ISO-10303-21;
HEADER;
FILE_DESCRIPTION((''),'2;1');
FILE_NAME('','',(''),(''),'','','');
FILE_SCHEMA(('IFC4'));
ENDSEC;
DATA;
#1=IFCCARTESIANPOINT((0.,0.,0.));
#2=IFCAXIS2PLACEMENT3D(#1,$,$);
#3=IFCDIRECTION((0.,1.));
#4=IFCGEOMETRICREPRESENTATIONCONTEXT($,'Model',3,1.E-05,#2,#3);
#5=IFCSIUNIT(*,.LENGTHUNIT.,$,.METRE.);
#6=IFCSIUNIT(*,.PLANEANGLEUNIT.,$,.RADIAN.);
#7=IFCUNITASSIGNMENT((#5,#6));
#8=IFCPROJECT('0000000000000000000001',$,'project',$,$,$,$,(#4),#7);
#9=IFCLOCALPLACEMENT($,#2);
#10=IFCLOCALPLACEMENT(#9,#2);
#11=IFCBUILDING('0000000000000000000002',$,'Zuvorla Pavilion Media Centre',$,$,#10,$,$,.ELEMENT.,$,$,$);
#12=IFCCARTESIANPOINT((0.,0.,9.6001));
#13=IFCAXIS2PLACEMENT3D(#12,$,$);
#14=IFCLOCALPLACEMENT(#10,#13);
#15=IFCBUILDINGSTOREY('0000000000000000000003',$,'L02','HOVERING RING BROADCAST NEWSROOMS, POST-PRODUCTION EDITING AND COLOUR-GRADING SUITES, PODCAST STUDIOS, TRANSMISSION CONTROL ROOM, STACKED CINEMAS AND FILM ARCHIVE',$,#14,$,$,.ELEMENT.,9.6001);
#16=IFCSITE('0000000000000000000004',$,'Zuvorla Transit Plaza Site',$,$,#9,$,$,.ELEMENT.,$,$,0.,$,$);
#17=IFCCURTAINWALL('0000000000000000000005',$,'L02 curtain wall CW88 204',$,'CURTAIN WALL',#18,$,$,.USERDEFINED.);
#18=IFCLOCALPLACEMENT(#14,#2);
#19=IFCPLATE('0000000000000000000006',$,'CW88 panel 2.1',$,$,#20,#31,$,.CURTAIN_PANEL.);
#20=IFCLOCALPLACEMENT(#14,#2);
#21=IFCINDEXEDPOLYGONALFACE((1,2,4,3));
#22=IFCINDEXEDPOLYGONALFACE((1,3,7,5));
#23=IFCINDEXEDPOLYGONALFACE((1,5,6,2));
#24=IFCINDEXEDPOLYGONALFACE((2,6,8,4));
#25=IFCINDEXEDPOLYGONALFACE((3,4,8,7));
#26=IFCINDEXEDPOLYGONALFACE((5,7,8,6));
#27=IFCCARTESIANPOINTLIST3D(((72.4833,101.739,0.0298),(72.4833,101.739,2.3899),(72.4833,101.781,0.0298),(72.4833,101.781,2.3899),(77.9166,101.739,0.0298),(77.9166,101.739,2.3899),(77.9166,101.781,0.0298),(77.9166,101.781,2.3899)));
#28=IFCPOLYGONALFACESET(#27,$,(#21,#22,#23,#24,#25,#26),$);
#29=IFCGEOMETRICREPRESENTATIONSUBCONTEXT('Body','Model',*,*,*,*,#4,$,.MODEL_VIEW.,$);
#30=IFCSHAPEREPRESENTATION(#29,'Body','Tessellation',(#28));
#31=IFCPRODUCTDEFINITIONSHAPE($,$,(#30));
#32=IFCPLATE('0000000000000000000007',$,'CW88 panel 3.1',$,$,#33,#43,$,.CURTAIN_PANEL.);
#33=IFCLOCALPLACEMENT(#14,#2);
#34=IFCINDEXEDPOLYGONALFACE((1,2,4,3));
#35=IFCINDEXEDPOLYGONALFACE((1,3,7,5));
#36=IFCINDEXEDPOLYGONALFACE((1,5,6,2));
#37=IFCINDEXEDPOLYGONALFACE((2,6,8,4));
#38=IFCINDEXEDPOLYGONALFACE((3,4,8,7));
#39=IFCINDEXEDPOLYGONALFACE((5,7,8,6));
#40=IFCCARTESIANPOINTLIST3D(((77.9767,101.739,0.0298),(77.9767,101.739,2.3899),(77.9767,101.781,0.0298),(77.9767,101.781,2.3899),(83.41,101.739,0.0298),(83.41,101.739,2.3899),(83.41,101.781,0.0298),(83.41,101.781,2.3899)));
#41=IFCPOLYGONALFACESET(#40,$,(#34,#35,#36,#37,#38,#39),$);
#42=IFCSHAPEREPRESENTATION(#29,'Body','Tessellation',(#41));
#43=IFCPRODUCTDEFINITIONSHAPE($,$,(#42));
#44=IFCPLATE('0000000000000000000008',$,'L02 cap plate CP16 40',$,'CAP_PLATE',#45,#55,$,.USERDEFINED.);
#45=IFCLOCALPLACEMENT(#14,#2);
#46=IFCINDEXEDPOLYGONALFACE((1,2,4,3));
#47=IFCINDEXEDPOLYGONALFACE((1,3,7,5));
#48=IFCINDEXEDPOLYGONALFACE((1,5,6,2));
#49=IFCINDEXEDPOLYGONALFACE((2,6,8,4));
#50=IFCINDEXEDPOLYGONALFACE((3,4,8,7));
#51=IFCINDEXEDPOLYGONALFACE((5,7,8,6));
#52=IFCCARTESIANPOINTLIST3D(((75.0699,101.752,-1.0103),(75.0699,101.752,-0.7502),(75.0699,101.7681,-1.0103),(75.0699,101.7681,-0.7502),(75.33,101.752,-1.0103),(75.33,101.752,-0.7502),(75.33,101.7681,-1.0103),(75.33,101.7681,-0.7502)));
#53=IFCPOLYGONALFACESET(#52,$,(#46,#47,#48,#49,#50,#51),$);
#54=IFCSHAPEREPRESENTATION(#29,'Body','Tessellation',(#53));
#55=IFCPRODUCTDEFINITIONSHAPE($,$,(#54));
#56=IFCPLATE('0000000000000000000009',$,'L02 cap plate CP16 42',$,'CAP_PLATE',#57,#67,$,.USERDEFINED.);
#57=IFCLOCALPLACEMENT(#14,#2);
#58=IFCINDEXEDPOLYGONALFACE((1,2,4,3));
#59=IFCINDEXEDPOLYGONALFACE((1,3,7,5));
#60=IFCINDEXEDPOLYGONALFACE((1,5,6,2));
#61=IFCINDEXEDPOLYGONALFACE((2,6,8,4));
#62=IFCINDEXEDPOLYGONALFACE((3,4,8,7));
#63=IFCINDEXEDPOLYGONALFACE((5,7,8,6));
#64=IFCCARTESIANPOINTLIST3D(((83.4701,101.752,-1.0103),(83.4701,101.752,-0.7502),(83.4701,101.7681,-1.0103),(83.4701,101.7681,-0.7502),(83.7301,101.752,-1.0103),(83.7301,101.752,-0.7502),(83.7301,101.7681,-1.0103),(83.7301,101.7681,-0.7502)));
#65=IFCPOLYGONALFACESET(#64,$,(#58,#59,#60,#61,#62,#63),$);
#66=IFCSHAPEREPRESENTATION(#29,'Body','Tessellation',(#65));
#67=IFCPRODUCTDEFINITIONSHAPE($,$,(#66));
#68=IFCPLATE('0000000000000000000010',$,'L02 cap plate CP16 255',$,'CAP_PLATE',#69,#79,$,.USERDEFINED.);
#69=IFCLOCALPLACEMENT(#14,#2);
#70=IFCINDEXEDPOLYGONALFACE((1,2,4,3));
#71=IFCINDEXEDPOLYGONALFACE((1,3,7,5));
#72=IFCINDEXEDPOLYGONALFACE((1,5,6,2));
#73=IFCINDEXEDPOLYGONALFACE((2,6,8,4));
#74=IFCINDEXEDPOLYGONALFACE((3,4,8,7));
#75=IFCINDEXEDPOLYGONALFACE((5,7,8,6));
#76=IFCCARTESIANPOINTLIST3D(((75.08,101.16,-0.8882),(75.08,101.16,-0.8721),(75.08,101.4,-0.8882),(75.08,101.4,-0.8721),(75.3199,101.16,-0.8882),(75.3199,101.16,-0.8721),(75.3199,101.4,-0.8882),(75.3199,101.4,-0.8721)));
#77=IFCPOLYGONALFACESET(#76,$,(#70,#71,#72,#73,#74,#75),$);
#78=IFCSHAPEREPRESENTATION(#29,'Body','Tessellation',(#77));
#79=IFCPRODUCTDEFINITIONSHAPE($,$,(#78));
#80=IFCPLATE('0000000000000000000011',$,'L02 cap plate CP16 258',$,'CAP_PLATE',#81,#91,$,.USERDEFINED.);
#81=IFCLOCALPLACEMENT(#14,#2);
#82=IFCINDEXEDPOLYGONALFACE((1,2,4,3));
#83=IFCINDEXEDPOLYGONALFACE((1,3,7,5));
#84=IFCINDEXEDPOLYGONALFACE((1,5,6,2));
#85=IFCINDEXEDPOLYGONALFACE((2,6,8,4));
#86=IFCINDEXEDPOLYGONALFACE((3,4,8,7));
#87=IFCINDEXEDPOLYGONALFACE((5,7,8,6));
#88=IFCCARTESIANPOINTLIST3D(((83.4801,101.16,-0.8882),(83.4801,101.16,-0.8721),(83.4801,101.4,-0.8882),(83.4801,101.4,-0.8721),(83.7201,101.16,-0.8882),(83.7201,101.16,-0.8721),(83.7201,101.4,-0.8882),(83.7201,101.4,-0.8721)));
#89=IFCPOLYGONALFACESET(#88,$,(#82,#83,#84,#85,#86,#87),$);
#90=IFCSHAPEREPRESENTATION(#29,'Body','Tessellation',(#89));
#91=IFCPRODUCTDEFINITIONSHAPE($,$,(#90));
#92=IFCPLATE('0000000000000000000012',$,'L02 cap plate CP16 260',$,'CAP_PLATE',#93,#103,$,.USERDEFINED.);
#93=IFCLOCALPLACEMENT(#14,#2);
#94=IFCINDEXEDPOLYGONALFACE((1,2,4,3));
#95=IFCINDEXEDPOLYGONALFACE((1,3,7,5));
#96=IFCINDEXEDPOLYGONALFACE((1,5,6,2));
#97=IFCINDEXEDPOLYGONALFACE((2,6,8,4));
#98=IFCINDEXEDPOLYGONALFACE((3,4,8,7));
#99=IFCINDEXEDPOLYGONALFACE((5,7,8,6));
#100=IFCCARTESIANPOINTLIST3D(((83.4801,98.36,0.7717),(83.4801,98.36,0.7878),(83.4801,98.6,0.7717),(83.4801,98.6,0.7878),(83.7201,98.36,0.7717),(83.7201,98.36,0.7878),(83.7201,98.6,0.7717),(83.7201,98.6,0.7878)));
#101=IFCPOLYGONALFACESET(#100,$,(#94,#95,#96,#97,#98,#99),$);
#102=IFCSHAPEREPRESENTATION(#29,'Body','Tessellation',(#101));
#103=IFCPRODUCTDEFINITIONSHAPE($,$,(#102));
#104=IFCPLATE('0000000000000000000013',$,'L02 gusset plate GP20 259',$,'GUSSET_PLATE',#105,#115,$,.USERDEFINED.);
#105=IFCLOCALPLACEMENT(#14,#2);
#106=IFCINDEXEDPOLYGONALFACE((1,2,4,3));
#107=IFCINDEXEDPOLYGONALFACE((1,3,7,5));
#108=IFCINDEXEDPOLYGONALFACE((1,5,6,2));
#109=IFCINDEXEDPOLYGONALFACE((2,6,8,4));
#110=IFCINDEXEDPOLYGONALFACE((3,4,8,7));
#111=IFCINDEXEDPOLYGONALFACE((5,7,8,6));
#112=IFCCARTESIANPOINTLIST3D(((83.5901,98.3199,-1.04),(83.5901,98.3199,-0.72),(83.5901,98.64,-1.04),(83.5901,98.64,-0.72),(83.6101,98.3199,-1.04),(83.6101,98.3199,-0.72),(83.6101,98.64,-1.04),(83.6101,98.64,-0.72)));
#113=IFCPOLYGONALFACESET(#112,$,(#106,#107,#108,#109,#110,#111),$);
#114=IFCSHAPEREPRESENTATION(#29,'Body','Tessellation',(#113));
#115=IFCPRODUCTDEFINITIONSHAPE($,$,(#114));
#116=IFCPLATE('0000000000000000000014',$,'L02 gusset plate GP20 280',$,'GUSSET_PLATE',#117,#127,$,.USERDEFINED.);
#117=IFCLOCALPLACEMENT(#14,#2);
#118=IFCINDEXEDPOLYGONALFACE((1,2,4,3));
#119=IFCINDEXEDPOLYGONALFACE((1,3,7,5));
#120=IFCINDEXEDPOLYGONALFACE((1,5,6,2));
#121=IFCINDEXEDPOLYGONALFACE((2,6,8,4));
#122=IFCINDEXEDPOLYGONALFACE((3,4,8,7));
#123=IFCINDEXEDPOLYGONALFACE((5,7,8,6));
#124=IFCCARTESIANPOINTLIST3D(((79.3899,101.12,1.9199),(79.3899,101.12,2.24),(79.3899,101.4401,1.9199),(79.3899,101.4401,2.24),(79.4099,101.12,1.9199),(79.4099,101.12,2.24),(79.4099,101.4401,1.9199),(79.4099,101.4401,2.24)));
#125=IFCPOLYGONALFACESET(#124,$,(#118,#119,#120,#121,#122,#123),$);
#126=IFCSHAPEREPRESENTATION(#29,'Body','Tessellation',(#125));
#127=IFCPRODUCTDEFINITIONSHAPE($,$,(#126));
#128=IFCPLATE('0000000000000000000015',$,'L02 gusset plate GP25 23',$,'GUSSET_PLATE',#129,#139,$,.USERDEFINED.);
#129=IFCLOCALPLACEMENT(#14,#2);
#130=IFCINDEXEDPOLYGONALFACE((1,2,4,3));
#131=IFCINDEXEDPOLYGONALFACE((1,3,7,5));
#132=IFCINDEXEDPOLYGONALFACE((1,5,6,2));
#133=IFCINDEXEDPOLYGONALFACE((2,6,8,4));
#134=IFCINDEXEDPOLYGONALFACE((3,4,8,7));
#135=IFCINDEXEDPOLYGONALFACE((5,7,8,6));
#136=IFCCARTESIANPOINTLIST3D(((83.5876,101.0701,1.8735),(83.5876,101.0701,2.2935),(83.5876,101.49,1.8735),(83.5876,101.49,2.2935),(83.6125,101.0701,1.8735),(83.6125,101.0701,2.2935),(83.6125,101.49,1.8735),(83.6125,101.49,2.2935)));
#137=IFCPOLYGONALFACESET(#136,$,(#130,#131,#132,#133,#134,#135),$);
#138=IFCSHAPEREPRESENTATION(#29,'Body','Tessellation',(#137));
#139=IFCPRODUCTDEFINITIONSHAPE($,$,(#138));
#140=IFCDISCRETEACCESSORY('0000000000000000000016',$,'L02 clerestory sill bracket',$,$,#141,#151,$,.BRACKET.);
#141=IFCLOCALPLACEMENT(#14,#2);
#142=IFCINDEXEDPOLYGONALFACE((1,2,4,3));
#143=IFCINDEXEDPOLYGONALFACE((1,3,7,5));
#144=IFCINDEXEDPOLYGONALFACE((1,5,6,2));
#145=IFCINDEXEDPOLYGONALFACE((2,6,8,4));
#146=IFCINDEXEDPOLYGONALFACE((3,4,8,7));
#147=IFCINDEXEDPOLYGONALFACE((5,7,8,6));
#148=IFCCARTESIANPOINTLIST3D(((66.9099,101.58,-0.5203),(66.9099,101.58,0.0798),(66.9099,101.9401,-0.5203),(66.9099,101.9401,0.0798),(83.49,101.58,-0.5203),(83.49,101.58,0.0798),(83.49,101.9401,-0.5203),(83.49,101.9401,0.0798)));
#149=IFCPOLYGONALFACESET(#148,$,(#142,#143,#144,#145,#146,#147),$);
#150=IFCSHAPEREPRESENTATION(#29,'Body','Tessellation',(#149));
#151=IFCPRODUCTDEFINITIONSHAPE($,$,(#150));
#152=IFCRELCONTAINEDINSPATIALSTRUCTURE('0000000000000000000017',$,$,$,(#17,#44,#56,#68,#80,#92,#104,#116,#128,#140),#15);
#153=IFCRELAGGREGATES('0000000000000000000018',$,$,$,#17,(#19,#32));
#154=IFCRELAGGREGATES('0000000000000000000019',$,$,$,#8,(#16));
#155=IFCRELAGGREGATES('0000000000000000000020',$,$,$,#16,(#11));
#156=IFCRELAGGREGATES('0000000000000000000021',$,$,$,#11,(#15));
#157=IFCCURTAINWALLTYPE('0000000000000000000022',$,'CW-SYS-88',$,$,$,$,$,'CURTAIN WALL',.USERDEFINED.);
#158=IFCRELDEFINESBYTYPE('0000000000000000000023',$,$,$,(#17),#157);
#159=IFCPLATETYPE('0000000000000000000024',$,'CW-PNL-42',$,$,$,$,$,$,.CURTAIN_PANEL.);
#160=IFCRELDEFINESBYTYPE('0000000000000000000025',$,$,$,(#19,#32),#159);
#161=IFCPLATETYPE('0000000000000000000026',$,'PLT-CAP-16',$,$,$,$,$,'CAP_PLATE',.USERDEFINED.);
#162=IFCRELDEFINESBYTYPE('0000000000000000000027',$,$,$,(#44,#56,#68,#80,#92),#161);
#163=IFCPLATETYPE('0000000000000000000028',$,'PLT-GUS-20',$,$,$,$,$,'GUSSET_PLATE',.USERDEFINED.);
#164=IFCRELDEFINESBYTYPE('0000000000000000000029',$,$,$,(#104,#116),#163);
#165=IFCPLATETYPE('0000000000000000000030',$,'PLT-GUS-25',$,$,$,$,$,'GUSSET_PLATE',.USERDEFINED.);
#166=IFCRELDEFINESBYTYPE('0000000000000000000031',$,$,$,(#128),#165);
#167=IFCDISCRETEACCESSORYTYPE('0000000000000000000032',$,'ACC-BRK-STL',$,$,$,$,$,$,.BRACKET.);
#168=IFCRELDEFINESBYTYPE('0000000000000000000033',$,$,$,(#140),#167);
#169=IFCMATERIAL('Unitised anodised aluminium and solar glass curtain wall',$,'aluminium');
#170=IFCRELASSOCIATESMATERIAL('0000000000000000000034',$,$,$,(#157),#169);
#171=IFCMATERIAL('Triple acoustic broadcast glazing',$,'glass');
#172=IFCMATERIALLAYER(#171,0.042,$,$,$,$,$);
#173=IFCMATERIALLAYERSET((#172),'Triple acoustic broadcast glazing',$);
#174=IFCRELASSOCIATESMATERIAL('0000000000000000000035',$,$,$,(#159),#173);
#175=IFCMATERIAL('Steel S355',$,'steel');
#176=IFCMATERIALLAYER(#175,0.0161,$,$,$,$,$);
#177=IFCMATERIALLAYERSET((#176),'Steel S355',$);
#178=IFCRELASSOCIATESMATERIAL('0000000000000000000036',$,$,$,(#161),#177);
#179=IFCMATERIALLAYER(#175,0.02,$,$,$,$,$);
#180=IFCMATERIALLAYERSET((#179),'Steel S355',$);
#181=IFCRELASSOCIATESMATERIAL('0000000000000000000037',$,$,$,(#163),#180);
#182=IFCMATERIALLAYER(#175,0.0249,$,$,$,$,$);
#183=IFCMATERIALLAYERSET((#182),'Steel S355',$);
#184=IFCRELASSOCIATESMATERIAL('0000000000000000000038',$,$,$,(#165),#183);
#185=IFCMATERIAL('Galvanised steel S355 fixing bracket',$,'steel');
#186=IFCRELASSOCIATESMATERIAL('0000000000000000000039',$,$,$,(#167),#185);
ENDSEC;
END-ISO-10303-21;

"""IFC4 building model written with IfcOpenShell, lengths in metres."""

from ifc_helpers import new_model, si_unit, direction, frame, origin, origin_2d, place, context, subcontext, project, spatial, rectangle, extrude, material, layer, layer_set, type_object, element, aggregate, save


model = new_model("IFC4")

# Units and contexts
model_context = context("Model", 3, precision=1e-05, world=origin(), true_north=direction((0.0, 1.0)))
body_context = subcontext(model_context, "Body", "Model", "MODEL_VIEW")
ifc_project = project(units=[si_unit("LENGTHUNIT", "METRE"), si_unit("PLANEANGLEUNIT", "RADIAN")], contexts=[model_context])

# Site, building, storey
site_placement = place(None, origin())
site = spatial("IfcSite", under=ifc_project, at=site_placement, Name="Zuvorla Transit Plaza Site", CompositionType="ELEMENT", RefElevation=0.0)
building_placement = place(site_placement, origin())
building = spatial("IfcBuilding", under=site, at=building_placement, Name="Zuvorla Pavilion Media Centre", CompositionType="ELEMENT")
storey_placement = place(building_placement, frame((0.0, 0.0, 9.6001)))
storey = spatial("IfcBuildingStorey", under=building, at=storey_placement, Name="L02", Description="HOVERING RING BROADCAST NEWSROOMS, POST-PRODUCTION EDITING AND COLOUR-GRADING SUITES, PODCAST STUDIOS, TRANSMISSION CONTROL ROOM, STACKED CINEMAS AND FILM ARCHIVE", CompositionType="ELEMENT", Elevation=9.6001)

# Shared definitions
ifc_material_1 = material(Name="Steel S355", Category="steel")

# Curtain wall
ifc_material_2 = material(Name="Unitised anodised aluminium and solar glass curtain wall", Category="aluminium")
curtain_wall_type = type_object("IfcCurtainWallType", Name="CW-SYS-88", ElementType="CURTAIN WALL", PredefinedType="USERDEFINED", material=ifc_material_2)
curtain_wall_placement = place(storey_placement, origin())
curtain_wall = element("IfcCurtainWall", 1, at=curtain_wall_placement, inside=storey, type_object=curtain_wall_type, Name="L02 curtain wall CW88 204", ObjectType="CURTAIN WALL", PredefinedType="USERDEFINED")

# Plates
ifc_material_3 = material(Name="Triple acoustic broadcast glazing", Category="glass")
ifc_layer_1 = layer(ifc_material_3, 0.042)
ifc_layer_set_1 = layer_set([ifc_layer_1], Name="Triple acoustic broadcast glazing")
plate_type_1 = type_object("IfcPlateType", Name="CW-PNL-42", PredefinedType="CURTAIN_PANEL", material=ifc_layer_set_1)
plate_1_placement = place(storey_placement, frame((75.2, 101.76, 0.0298), z_axis=(0.0, 0.0, 1.0), x_axis=(1.0, 0.0, 0.0)))
plate_1 = element("IfcPlate", 2, at=plate_1_placement, type_object=plate_type_1, Name="CW88 panel 2.1", PredefinedType="CURTAIN_PANEL", context=body_context, shape_type="SweptSolid", body=[
    extrude(rectangle(XDim=5.4333, YDim=0.042, at=origin_2d()), origin(), (0.0, 0.0, 1.0), 2.3601),
])
plate_2_placement = place(storey_placement, frame((80.6934, 101.76, 0.0298), z_axis=(0.0, 0.0, 1.0), x_axis=(1.0, 0.0, 0.0)))
plate_2 = element("IfcPlate", 3, at=plate_2_placement, type_object=plate_type_1, Name="CW88 panel 3.1", PredefinedType="CURTAIN_PANEL", context=body_context, shape_type="SweptSolid", body=[
    extrude(rectangle(XDim=5.4333, YDim=0.042, at=origin_2d()), origin(), (0.0, 0.0, 1.0), 2.3601),
])
aggregate(curtain_wall, [plate_1, plate_2])

# Plates
ifc_layer_2 = layer(ifc_material_1, 0.0161)
ifc_layer_set_2 = layer_set([ifc_layer_2], Name="Steel S355")
plate_type_2 = type_object("IfcPlateType", Name="PLT-CAP-16", ElementType="CAP_PLATE", PredefinedType="USERDEFINED", material=ifc_layer_set_2)
for number, where, z_axis, x_axis, name in (
    (4, (75.2, 101.76, -1.0103), (0.0, 0.0, 1.0), (1.0, 0.0, 0.0), "L02 cap plate CP16 40"),
    (5, (83.6001, 101.76, -1.0103), (0.0, 0.0, 1.0), (1.0, 0.0, 0.0), "L02 cap plate CP16 42"),
):
    element("IfcPlate", number, at=place(storey_placement, frame(where, z_axis=z_axis, x_axis=x_axis)), inside=storey, type_object=plate_type_2, Name=name, ObjectType="CAP_PLATE", PredefinedType="USERDEFINED", context=body_context, shape_type="SweptSolid", body=[
        extrude(rectangle(XDim=0.26, YDim=0.0161, at=origin_2d()), origin(), (0.0, 0.0, 1.0), 0.26),
    ])
for number, where, z_axis, x_axis, name in (
    (6, (75.2, 101.28, -0.8882), (0.0, 0.0, 1.0), (1.0, 0.0, 0.0), "L02 cap plate CP16 255"),
    (7, (83.6001, 101.28, -0.8882), (0.0, 0.0, 1.0), (1.0, 0.0, 0.0), "L02 cap plate CP16 258"),
    (8, (83.6001, 98.48, 0.7717), (0.0, 0.0, 1.0), (1.0, 0.0, 0.0), "L02 cap plate CP16 260"),
):
    element("IfcPlate", number, at=place(storey_placement, frame(where, z_axis=z_axis, x_axis=x_axis)), inside=storey, type_object=plate_type_2, Name=name, ObjectType="CAP_PLATE", PredefinedType="USERDEFINED", context=body_context, shape_type="SweptSolid", body=[
        extrude(rectangle(XDim=0.24, YDim=0.24, at=origin_2d()), origin(), (0.0, 0.0, 1.0), 0.0161),
    ])
ifc_layer_3 = layer(ifc_material_1, 0.02)
ifc_layer_set_3 = layer_set([ifc_layer_3], Name="Steel S355")
plate_type_3 = type_object("IfcPlateType", Name="PLT-GUS-20", ElementType="GUSSET_PLATE", PredefinedType="USERDEFINED", material=ifc_layer_set_3)
for number, where, z_axis, x_axis, name in (
    (9, (83.6001, 98.48, -1.04), (0.0, 0.0, 1.0), (1.0, 0.0, 0.0), "L02 gusset plate GP20 259"),
    (10, (79.3999, 101.28, 1.9199), (0.0, 0.0, 1.0), (1.0, 0.0, 0.0), "L02 gusset plate GP20 280"),
):
    element("IfcPlate", number, at=place(storey_placement, frame(where, z_axis=z_axis, x_axis=x_axis)), inside=storey, type_object=plate_type_3, Name=name, ObjectType="GUSSET_PLATE", PredefinedType="USERDEFINED", context=body_context, shape_type="SweptSolid", body=[
        extrude(rectangle(XDim=0.02, YDim=0.3201, at=origin_2d()), origin(), (0.0, 0.0, 1.0), 0.3201),
    ])
ifc_layer_4 = layer(ifc_material_1, 0.0249)
ifc_layer_set_4 = layer_set([ifc_layer_4], Name="Steel S355")
plate_type_4 = type_object("IfcPlateType", Name="PLT-GUS-25", ElementType="GUSSET_PLATE", PredefinedType="USERDEFINED", material=ifc_layer_set_4)
plate_3_placement = place(storey_placement, frame((83.6001, 101.28, 1.8735), z_axis=(0.0, 0.0, 1.0), x_axis=(1.0, 0.0, 0.0)))
element("IfcPlate", 11, at=plate_3_placement, inside=storey, type_object=plate_type_4, Name="L02 gusset plate GP25 23", ObjectType="GUSSET_PLATE", PredefinedType="USERDEFINED", context=body_context, shape_type="SweptSolid", body=[
    extrude(rectangle(XDim=0.0249, YDim=0.4199, at=origin_2d()), origin(), (0.0, 0.0, 1.0), 0.4199),
])

# Discrete accessory
ifc_material_4 = material(Name="Galvanised steel S355 fixing bracket", Category="steel")
discrete_accessory_type = type_object("IfcDiscreteAccessoryType", Name="ACC-BRK-STL", PredefinedType="BRACKET", material=ifc_material_4)
discrete_accessory_placement = place(storey_placement, frame((75.2, 101.76, -0.5203), z_axis=(0.0, 0.0, 1.0), x_axis=(1.0, 0.0, 0.0)))
element("IfcDiscreteAccessory", 12, at=discrete_accessory_placement, inside=storey, type_object=discrete_accessory_type, Name="L02 clerestory sill bracket", PredefinedType="BRACKET", context=body_context, shape_type="SweptSolid", body=[
    extrude(rectangle(XDim=16.5801, YDim=0.3601, at=origin_2d()), origin(), (0.0, 0.0, 1.0), 0.6001),
])

save(model, "model.ifc")
